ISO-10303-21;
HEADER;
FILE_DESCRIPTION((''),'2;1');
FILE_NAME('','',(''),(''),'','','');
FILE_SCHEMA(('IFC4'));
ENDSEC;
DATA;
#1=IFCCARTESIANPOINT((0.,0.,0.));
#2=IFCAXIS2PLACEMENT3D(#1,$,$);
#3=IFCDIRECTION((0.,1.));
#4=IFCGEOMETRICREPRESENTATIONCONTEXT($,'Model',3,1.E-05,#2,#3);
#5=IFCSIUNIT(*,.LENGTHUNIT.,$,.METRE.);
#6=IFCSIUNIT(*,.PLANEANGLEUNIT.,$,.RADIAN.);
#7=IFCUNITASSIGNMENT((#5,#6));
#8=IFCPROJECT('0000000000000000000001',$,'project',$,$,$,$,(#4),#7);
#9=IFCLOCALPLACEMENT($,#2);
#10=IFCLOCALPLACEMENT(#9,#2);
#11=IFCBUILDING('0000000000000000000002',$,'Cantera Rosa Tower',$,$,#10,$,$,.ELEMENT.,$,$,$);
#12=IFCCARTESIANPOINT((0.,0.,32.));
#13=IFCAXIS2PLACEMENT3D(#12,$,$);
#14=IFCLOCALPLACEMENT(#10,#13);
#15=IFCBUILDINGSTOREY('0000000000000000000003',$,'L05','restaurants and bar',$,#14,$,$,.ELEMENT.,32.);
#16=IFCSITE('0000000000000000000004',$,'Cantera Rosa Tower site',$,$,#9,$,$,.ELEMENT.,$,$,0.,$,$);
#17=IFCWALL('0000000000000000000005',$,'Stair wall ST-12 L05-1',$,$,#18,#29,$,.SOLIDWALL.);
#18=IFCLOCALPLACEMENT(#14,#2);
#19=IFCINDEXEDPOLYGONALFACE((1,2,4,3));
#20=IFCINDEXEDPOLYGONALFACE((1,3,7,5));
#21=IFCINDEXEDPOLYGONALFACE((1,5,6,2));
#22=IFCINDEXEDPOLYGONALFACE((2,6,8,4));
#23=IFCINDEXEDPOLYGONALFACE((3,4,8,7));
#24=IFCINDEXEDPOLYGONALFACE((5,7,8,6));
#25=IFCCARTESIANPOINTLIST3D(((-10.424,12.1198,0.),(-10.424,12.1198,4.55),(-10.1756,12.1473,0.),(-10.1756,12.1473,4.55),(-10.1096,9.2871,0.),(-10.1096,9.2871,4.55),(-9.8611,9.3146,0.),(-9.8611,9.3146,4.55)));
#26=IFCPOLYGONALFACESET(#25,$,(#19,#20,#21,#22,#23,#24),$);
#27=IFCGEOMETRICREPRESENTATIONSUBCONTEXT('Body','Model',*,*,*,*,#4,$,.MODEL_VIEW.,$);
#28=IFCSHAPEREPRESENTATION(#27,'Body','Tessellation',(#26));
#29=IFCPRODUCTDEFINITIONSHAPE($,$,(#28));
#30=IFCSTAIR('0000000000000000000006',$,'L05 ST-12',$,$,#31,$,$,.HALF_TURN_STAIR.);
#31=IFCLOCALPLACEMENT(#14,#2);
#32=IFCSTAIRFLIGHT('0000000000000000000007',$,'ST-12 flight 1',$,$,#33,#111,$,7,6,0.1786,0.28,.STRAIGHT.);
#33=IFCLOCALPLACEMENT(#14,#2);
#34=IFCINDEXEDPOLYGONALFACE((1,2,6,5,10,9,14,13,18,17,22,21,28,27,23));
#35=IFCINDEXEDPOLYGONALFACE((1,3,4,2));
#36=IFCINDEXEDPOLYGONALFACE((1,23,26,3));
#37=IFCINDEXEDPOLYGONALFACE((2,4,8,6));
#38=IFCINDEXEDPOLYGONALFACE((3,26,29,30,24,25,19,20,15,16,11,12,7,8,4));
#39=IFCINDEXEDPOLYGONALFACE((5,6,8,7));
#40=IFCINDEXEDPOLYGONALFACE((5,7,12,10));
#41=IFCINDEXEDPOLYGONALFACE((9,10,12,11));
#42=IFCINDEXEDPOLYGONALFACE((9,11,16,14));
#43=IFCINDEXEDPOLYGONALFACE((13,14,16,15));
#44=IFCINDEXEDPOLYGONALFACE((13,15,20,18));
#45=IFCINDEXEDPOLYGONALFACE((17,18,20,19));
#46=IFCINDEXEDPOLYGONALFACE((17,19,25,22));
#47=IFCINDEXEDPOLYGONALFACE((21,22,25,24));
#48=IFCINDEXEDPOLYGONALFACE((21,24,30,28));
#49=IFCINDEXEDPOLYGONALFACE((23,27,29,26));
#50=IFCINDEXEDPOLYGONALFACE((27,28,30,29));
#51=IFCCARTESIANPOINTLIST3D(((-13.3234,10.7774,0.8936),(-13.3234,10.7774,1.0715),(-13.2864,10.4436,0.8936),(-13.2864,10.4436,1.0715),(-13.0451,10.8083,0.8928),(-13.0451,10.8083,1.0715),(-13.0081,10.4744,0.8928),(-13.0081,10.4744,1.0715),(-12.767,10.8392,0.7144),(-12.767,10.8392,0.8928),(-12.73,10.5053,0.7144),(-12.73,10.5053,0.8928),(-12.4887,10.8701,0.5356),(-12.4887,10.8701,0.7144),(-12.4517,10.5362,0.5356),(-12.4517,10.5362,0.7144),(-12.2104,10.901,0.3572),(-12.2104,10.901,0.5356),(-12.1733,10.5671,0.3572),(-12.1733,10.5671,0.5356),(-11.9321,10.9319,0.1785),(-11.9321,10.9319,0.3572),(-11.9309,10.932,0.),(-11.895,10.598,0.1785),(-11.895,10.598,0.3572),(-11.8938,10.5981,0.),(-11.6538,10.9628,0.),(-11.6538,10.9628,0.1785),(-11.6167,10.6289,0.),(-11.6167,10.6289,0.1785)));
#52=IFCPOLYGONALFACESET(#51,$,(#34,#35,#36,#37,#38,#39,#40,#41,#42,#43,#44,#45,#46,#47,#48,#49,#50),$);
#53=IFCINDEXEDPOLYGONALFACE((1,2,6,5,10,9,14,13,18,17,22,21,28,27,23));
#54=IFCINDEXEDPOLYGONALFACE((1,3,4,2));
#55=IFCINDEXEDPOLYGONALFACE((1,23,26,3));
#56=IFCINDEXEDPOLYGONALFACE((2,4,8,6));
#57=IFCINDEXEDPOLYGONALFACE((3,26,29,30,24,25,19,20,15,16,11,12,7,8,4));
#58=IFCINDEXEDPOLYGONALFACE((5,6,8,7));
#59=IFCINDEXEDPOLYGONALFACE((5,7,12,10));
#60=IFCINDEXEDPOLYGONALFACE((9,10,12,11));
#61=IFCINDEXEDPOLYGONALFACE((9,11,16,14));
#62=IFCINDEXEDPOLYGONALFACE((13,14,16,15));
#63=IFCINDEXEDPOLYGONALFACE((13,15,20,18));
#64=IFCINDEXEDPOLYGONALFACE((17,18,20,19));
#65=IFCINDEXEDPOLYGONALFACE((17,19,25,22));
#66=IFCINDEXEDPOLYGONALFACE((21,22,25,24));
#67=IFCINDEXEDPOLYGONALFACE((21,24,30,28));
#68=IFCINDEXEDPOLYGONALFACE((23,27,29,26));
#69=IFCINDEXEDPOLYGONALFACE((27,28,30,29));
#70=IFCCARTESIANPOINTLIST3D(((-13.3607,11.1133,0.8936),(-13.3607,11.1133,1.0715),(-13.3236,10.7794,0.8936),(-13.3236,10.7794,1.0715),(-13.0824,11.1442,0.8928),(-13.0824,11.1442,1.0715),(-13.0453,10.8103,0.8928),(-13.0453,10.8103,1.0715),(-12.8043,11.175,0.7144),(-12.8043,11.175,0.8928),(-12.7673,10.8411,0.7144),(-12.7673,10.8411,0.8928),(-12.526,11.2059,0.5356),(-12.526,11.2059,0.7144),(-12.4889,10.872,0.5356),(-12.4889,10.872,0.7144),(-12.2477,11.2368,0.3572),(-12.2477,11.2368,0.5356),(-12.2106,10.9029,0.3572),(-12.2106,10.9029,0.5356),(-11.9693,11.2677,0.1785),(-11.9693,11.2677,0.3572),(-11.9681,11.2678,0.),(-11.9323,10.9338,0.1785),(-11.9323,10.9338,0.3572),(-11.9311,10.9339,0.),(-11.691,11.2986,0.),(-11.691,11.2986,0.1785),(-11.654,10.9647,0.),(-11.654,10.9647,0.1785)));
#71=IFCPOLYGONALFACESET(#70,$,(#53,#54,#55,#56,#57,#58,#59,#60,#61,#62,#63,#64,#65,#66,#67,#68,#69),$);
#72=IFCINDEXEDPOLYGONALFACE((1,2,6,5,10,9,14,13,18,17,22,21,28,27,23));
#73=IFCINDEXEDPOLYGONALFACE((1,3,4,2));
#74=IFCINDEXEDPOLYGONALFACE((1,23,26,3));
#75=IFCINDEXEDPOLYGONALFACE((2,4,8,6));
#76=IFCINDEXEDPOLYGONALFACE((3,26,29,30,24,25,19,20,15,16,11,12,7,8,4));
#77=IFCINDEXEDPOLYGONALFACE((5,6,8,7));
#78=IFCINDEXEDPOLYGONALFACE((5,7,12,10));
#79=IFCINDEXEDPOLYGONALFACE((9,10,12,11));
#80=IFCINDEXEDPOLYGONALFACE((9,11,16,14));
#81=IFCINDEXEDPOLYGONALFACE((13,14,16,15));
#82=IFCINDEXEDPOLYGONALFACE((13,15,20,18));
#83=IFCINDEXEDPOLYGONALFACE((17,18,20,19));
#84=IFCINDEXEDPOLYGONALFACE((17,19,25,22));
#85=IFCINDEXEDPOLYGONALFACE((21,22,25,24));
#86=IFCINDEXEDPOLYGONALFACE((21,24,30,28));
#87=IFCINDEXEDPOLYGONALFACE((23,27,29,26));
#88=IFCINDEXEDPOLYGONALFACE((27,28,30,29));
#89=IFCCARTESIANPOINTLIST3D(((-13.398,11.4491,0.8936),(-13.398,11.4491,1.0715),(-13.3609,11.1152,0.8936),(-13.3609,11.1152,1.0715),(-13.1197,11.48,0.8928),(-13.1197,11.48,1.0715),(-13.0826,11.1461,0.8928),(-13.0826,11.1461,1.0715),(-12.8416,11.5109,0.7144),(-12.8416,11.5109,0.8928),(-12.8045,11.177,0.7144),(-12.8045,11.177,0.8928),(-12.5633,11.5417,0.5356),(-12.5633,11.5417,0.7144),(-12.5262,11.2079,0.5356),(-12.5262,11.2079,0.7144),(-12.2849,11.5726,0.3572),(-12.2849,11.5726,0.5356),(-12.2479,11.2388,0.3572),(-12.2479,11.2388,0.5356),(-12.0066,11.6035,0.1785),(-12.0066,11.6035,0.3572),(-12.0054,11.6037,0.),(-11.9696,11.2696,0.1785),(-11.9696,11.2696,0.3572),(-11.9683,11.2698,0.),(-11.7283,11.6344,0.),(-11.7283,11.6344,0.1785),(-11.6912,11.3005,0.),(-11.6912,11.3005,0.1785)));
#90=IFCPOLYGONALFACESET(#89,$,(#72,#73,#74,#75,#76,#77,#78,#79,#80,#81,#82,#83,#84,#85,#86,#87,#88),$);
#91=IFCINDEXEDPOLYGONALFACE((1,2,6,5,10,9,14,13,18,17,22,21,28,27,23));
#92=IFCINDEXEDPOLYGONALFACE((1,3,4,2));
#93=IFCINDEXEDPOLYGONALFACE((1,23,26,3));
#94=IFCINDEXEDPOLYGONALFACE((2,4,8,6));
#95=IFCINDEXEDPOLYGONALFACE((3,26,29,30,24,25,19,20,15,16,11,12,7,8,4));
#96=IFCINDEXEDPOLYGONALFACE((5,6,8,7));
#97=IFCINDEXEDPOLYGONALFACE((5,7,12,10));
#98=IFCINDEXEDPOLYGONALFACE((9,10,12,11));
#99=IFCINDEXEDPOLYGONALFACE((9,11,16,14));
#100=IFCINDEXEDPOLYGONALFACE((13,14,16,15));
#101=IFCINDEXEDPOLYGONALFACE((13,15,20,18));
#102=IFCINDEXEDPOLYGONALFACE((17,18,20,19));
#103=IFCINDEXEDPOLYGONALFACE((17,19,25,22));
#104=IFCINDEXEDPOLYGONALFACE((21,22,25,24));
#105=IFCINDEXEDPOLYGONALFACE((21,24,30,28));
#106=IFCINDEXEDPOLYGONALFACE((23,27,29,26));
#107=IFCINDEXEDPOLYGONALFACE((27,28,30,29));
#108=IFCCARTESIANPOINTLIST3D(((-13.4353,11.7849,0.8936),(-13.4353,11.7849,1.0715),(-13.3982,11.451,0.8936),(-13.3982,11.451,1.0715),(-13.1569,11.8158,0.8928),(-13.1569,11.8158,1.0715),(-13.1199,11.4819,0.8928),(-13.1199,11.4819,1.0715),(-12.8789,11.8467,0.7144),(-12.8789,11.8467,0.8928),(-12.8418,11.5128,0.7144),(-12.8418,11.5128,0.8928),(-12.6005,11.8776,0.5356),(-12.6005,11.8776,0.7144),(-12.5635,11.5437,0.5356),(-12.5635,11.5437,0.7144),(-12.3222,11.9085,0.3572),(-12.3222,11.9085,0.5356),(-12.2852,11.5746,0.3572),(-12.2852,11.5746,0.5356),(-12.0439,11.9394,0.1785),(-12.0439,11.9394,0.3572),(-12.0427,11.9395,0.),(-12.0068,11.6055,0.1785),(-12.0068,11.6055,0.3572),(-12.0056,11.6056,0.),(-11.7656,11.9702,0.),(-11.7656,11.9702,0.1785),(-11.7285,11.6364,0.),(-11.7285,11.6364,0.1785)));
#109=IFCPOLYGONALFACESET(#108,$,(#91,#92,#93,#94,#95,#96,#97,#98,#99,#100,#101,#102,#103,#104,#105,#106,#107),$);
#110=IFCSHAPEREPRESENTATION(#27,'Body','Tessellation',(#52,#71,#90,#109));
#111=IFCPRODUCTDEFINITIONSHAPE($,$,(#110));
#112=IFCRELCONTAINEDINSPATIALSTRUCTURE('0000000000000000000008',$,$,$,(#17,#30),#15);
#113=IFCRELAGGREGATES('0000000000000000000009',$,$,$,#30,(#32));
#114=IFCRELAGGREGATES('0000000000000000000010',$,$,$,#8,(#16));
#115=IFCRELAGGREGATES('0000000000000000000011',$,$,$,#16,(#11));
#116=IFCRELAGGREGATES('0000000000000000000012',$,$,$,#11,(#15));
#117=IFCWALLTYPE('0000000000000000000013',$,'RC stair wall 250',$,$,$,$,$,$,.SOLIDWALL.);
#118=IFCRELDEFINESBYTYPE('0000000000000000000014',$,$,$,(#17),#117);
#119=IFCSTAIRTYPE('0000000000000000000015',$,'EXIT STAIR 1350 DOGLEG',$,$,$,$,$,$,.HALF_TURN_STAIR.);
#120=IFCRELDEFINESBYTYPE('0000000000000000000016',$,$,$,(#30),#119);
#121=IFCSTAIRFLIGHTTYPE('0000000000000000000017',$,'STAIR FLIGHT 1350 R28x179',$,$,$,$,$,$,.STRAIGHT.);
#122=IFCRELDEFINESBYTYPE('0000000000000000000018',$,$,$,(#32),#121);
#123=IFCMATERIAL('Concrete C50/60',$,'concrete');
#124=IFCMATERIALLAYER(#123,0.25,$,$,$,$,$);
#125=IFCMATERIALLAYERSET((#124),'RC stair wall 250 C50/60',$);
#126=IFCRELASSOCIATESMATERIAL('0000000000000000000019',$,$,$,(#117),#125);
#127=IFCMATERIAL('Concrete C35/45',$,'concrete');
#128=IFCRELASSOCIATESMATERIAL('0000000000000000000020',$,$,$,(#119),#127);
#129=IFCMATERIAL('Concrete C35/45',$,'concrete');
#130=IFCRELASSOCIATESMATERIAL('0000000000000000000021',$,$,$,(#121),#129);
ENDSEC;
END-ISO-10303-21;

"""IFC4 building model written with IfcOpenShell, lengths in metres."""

from ifc_helpers import new_model, si_unit, direction, frame, frame_2d, origin, place, context, subcontext, project, spatial, polyline, rectangle, outline, extrude, material, layer, layer_set, type_object, element, aggregate, save


model = new_model("IFC4")

# Units and contexts
model_context = context("Model", 3, precision=1e-05, world=origin(), true_north=direction((0.0, 1.0)))
body_context = subcontext(model_context, "Body", "Model", "MODEL_VIEW")
ifc_project = project(units=[si_unit("LENGTHUNIT", "METRE"), si_unit("PLANEANGLEUNIT", "RADIAN")], contexts=[model_context])

# Site, building, storey
site_placement = place(None, origin())
site = spatial("IfcSite", under=ifc_project, at=site_placement, Name="Cantera Rosa Tower site", CompositionType="ELEMENT", RefElevation=0.0)
building_placement = place(site_placement, origin())
building = spatial("IfcBuilding", under=site, at=building_placement, Name="Cantera Rosa Tower", CompositionType="ELEMENT")
storey_placement = place(building_placement, frame((0.0, 0.0, 32.0)))
storey = spatial("IfcBuildingStorey", under=building, at=storey_placement, Name="L05", Description="restaurants and bar", CompositionType="ELEMENT", Elevation=32.0)

# Wall
ifc_material_1 = material(Name="Concrete C50/60", Category="concrete")
ifc_layer_1 = layer(ifc_material_1, 0.25)
ifc_layer_set_1 = layer_set([ifc_layer_1], Name="RC stair wall 250 C50/60")
wall_type_1 = type_object("IfcWallType", Name="RC stair wall 250", PredefinedType="SOLIDWALL", material=ifc_layer_set_1)
wall_1_placement = place(storey_placement, frame((-10.2998, 12.1335, 0.0), z_axis=(0.0, 0.0, 1.0), x_axis=(0.110328, -0.993895, 0.0)))
element("IfcWall", 1, at=wall_1_placement, inside=storey, type_object=wall_type_1, Name="Stair wall ST-12 L05-1", PredefinedType="SOLIDWALL", context=body_context, shape_type="SweptSolid", body=[
    extrude(rectangle(XDim=2.8501, YDim=0.25, at=frame_2d((1.425, 0.0))), origin(), (0.0, 0.0, 1.0), 4.55),
])

# Stair, stair flight
ifc_material_2 = material(Name="Concrete C35/45", Category="concrete")
stair_type = type_object("IfcStairType", Name="EXIT STAIR 1350 DOGLEG", PredefinedType="HALF_TURN_STAIR", material=ifc_material_2)
stair_placement = place(storey_placement, origin())
stair = element("IfcStair", 2, at=stair_placement, inside=storey, type_object=stair_type, Name="L05 ST-12", PredefinedType="HALF_TURN_STAIR")
ifc_material_3 = material(Name="Concrete C35/45", Category="concrete")
stair_flight_type = type_object("IfcStairFlightType", Name="STAIR FLIGHT 1350 R28x179", PredefinedType="STRAIGHT", material=ifc_material_3)
stair_flight_1_placement = place(storey_placement, frame((-11.6912, 11.2998, 0.0), z_axis=(0.0, 0.0, 1.0), x_axis=(-0.993897, -0.110313, 0.0)))
stair_flight_1 = element("IfcStairFlight", 3, at=stair_flight_1_placement, type_object=stair_flight_type, Name="ST-12 flight 1", NumberOfRisers=7, NumberOfTreads=6, PredefinedType="STRAIGHT", RiserHeight=0.1786, TreadLength=0.28, context=body_context, shape_type="SweptSolid", body=[
    extrude(outline(polyline([(0.0, 0.0), (0.0, 0.1785), (0.28, 0.1785), (0.28, 0.3572), (0.5601, 0.3572), (0.5601, 0.5356), (0.8401, 0.5356), (0.8401, 0.7144), (1.1201, 0.7144), (1.1201, 0.8928), (1.3999, 0.8928), (1.3999, 1.0715), (1.6799, 1.0715), (1.6799, 1.25), (1.6799, 0.8936), (0.2788, 0.0), (0.0, 0.0)])), frame((0.0, 0.675, 0.0), z_axis=(0.0, -1.0, 0.0), x_axis=(1.0, 0.0, 0.0)), (0.0, 0.0, 1.0), 0.3359),
    extrude(outline(polyline([(0.0, 0.0), (0.0, 0.1785), (0.28, 0.1785), (0.28, 0.3572), (0.5601, 0.3572), (0.5601, 0.5356), (0.8401, 0.5356), (0.8401, 0.7144), (1.1201, 0.7144), (1.1201, 0.8928), (1.3999, 0.8928), (1.3999, 1.0715), (1.6799, 1.0715), (1.6799, 1.25), (1.6799, 0.8936), (0.2788, 0.0), (0.0, 0.0)])), frame((0.0, 0.3372, 0.0), z_axis=(0.0, -1.0, 0.0), x_axis=(1.0, 0.0, 0.0)), (0.0, 0.0, 1.0), 0.3359),
    extrude(outline(polyline([(0.0, 0.0), (0.0, 0.1785), (0.28, 0.1785), (0.28, 0.3572), (0.5601, 0.3572), (0.5601, 0.5356), (0.8401, 0.5356), (0.8401, 0.7144), (1.1201, 0.7144), (1.1201, 0.8928), (1.3999, 0.8928), (1.3999, 1.0715), (1.6799, 1.0715), (1.6799, 1.25), (1.6799, 0.8936), (0.2788, 0.0), (0.0, 0.0)])), frame((0.0, -0.0007, 0.0), z_axis=(0.0, -1.0, 0.0), x_axis=(1.0, 0.0, 0.0)), (0.0, 0.0, 1.0), 0.3359),
    extrude(outline(polyline([(0.0, 0.0), (0.0, 0.1785), (0.28, 0.1785), (0.28, 0.3572), (0.5601, 0.3572), (0.5601, 0.5356), (0.8401, 0.5356), (0.8401, 0.7144), (1.1201, 0.7144), (1.1201, 0.8928), (1.3999, 0.8928), (1.3999, 1.0715), (1.6799, 1.0715), (1.6799, 1.25), (1.6799, 0.8936), (0.2788, 0.0), (0.0, 0.0)])), frame((0.0, -0.3386, 0.0), z_axis=(0.0, -1.0, 0.0), x_axis=(1.0, 0.0, 0.0)), (0.0, 0.0, 1.0), 0.3359),
])
aggregate(stair, [stair_flight_1])

save(model, "model.ifc")
